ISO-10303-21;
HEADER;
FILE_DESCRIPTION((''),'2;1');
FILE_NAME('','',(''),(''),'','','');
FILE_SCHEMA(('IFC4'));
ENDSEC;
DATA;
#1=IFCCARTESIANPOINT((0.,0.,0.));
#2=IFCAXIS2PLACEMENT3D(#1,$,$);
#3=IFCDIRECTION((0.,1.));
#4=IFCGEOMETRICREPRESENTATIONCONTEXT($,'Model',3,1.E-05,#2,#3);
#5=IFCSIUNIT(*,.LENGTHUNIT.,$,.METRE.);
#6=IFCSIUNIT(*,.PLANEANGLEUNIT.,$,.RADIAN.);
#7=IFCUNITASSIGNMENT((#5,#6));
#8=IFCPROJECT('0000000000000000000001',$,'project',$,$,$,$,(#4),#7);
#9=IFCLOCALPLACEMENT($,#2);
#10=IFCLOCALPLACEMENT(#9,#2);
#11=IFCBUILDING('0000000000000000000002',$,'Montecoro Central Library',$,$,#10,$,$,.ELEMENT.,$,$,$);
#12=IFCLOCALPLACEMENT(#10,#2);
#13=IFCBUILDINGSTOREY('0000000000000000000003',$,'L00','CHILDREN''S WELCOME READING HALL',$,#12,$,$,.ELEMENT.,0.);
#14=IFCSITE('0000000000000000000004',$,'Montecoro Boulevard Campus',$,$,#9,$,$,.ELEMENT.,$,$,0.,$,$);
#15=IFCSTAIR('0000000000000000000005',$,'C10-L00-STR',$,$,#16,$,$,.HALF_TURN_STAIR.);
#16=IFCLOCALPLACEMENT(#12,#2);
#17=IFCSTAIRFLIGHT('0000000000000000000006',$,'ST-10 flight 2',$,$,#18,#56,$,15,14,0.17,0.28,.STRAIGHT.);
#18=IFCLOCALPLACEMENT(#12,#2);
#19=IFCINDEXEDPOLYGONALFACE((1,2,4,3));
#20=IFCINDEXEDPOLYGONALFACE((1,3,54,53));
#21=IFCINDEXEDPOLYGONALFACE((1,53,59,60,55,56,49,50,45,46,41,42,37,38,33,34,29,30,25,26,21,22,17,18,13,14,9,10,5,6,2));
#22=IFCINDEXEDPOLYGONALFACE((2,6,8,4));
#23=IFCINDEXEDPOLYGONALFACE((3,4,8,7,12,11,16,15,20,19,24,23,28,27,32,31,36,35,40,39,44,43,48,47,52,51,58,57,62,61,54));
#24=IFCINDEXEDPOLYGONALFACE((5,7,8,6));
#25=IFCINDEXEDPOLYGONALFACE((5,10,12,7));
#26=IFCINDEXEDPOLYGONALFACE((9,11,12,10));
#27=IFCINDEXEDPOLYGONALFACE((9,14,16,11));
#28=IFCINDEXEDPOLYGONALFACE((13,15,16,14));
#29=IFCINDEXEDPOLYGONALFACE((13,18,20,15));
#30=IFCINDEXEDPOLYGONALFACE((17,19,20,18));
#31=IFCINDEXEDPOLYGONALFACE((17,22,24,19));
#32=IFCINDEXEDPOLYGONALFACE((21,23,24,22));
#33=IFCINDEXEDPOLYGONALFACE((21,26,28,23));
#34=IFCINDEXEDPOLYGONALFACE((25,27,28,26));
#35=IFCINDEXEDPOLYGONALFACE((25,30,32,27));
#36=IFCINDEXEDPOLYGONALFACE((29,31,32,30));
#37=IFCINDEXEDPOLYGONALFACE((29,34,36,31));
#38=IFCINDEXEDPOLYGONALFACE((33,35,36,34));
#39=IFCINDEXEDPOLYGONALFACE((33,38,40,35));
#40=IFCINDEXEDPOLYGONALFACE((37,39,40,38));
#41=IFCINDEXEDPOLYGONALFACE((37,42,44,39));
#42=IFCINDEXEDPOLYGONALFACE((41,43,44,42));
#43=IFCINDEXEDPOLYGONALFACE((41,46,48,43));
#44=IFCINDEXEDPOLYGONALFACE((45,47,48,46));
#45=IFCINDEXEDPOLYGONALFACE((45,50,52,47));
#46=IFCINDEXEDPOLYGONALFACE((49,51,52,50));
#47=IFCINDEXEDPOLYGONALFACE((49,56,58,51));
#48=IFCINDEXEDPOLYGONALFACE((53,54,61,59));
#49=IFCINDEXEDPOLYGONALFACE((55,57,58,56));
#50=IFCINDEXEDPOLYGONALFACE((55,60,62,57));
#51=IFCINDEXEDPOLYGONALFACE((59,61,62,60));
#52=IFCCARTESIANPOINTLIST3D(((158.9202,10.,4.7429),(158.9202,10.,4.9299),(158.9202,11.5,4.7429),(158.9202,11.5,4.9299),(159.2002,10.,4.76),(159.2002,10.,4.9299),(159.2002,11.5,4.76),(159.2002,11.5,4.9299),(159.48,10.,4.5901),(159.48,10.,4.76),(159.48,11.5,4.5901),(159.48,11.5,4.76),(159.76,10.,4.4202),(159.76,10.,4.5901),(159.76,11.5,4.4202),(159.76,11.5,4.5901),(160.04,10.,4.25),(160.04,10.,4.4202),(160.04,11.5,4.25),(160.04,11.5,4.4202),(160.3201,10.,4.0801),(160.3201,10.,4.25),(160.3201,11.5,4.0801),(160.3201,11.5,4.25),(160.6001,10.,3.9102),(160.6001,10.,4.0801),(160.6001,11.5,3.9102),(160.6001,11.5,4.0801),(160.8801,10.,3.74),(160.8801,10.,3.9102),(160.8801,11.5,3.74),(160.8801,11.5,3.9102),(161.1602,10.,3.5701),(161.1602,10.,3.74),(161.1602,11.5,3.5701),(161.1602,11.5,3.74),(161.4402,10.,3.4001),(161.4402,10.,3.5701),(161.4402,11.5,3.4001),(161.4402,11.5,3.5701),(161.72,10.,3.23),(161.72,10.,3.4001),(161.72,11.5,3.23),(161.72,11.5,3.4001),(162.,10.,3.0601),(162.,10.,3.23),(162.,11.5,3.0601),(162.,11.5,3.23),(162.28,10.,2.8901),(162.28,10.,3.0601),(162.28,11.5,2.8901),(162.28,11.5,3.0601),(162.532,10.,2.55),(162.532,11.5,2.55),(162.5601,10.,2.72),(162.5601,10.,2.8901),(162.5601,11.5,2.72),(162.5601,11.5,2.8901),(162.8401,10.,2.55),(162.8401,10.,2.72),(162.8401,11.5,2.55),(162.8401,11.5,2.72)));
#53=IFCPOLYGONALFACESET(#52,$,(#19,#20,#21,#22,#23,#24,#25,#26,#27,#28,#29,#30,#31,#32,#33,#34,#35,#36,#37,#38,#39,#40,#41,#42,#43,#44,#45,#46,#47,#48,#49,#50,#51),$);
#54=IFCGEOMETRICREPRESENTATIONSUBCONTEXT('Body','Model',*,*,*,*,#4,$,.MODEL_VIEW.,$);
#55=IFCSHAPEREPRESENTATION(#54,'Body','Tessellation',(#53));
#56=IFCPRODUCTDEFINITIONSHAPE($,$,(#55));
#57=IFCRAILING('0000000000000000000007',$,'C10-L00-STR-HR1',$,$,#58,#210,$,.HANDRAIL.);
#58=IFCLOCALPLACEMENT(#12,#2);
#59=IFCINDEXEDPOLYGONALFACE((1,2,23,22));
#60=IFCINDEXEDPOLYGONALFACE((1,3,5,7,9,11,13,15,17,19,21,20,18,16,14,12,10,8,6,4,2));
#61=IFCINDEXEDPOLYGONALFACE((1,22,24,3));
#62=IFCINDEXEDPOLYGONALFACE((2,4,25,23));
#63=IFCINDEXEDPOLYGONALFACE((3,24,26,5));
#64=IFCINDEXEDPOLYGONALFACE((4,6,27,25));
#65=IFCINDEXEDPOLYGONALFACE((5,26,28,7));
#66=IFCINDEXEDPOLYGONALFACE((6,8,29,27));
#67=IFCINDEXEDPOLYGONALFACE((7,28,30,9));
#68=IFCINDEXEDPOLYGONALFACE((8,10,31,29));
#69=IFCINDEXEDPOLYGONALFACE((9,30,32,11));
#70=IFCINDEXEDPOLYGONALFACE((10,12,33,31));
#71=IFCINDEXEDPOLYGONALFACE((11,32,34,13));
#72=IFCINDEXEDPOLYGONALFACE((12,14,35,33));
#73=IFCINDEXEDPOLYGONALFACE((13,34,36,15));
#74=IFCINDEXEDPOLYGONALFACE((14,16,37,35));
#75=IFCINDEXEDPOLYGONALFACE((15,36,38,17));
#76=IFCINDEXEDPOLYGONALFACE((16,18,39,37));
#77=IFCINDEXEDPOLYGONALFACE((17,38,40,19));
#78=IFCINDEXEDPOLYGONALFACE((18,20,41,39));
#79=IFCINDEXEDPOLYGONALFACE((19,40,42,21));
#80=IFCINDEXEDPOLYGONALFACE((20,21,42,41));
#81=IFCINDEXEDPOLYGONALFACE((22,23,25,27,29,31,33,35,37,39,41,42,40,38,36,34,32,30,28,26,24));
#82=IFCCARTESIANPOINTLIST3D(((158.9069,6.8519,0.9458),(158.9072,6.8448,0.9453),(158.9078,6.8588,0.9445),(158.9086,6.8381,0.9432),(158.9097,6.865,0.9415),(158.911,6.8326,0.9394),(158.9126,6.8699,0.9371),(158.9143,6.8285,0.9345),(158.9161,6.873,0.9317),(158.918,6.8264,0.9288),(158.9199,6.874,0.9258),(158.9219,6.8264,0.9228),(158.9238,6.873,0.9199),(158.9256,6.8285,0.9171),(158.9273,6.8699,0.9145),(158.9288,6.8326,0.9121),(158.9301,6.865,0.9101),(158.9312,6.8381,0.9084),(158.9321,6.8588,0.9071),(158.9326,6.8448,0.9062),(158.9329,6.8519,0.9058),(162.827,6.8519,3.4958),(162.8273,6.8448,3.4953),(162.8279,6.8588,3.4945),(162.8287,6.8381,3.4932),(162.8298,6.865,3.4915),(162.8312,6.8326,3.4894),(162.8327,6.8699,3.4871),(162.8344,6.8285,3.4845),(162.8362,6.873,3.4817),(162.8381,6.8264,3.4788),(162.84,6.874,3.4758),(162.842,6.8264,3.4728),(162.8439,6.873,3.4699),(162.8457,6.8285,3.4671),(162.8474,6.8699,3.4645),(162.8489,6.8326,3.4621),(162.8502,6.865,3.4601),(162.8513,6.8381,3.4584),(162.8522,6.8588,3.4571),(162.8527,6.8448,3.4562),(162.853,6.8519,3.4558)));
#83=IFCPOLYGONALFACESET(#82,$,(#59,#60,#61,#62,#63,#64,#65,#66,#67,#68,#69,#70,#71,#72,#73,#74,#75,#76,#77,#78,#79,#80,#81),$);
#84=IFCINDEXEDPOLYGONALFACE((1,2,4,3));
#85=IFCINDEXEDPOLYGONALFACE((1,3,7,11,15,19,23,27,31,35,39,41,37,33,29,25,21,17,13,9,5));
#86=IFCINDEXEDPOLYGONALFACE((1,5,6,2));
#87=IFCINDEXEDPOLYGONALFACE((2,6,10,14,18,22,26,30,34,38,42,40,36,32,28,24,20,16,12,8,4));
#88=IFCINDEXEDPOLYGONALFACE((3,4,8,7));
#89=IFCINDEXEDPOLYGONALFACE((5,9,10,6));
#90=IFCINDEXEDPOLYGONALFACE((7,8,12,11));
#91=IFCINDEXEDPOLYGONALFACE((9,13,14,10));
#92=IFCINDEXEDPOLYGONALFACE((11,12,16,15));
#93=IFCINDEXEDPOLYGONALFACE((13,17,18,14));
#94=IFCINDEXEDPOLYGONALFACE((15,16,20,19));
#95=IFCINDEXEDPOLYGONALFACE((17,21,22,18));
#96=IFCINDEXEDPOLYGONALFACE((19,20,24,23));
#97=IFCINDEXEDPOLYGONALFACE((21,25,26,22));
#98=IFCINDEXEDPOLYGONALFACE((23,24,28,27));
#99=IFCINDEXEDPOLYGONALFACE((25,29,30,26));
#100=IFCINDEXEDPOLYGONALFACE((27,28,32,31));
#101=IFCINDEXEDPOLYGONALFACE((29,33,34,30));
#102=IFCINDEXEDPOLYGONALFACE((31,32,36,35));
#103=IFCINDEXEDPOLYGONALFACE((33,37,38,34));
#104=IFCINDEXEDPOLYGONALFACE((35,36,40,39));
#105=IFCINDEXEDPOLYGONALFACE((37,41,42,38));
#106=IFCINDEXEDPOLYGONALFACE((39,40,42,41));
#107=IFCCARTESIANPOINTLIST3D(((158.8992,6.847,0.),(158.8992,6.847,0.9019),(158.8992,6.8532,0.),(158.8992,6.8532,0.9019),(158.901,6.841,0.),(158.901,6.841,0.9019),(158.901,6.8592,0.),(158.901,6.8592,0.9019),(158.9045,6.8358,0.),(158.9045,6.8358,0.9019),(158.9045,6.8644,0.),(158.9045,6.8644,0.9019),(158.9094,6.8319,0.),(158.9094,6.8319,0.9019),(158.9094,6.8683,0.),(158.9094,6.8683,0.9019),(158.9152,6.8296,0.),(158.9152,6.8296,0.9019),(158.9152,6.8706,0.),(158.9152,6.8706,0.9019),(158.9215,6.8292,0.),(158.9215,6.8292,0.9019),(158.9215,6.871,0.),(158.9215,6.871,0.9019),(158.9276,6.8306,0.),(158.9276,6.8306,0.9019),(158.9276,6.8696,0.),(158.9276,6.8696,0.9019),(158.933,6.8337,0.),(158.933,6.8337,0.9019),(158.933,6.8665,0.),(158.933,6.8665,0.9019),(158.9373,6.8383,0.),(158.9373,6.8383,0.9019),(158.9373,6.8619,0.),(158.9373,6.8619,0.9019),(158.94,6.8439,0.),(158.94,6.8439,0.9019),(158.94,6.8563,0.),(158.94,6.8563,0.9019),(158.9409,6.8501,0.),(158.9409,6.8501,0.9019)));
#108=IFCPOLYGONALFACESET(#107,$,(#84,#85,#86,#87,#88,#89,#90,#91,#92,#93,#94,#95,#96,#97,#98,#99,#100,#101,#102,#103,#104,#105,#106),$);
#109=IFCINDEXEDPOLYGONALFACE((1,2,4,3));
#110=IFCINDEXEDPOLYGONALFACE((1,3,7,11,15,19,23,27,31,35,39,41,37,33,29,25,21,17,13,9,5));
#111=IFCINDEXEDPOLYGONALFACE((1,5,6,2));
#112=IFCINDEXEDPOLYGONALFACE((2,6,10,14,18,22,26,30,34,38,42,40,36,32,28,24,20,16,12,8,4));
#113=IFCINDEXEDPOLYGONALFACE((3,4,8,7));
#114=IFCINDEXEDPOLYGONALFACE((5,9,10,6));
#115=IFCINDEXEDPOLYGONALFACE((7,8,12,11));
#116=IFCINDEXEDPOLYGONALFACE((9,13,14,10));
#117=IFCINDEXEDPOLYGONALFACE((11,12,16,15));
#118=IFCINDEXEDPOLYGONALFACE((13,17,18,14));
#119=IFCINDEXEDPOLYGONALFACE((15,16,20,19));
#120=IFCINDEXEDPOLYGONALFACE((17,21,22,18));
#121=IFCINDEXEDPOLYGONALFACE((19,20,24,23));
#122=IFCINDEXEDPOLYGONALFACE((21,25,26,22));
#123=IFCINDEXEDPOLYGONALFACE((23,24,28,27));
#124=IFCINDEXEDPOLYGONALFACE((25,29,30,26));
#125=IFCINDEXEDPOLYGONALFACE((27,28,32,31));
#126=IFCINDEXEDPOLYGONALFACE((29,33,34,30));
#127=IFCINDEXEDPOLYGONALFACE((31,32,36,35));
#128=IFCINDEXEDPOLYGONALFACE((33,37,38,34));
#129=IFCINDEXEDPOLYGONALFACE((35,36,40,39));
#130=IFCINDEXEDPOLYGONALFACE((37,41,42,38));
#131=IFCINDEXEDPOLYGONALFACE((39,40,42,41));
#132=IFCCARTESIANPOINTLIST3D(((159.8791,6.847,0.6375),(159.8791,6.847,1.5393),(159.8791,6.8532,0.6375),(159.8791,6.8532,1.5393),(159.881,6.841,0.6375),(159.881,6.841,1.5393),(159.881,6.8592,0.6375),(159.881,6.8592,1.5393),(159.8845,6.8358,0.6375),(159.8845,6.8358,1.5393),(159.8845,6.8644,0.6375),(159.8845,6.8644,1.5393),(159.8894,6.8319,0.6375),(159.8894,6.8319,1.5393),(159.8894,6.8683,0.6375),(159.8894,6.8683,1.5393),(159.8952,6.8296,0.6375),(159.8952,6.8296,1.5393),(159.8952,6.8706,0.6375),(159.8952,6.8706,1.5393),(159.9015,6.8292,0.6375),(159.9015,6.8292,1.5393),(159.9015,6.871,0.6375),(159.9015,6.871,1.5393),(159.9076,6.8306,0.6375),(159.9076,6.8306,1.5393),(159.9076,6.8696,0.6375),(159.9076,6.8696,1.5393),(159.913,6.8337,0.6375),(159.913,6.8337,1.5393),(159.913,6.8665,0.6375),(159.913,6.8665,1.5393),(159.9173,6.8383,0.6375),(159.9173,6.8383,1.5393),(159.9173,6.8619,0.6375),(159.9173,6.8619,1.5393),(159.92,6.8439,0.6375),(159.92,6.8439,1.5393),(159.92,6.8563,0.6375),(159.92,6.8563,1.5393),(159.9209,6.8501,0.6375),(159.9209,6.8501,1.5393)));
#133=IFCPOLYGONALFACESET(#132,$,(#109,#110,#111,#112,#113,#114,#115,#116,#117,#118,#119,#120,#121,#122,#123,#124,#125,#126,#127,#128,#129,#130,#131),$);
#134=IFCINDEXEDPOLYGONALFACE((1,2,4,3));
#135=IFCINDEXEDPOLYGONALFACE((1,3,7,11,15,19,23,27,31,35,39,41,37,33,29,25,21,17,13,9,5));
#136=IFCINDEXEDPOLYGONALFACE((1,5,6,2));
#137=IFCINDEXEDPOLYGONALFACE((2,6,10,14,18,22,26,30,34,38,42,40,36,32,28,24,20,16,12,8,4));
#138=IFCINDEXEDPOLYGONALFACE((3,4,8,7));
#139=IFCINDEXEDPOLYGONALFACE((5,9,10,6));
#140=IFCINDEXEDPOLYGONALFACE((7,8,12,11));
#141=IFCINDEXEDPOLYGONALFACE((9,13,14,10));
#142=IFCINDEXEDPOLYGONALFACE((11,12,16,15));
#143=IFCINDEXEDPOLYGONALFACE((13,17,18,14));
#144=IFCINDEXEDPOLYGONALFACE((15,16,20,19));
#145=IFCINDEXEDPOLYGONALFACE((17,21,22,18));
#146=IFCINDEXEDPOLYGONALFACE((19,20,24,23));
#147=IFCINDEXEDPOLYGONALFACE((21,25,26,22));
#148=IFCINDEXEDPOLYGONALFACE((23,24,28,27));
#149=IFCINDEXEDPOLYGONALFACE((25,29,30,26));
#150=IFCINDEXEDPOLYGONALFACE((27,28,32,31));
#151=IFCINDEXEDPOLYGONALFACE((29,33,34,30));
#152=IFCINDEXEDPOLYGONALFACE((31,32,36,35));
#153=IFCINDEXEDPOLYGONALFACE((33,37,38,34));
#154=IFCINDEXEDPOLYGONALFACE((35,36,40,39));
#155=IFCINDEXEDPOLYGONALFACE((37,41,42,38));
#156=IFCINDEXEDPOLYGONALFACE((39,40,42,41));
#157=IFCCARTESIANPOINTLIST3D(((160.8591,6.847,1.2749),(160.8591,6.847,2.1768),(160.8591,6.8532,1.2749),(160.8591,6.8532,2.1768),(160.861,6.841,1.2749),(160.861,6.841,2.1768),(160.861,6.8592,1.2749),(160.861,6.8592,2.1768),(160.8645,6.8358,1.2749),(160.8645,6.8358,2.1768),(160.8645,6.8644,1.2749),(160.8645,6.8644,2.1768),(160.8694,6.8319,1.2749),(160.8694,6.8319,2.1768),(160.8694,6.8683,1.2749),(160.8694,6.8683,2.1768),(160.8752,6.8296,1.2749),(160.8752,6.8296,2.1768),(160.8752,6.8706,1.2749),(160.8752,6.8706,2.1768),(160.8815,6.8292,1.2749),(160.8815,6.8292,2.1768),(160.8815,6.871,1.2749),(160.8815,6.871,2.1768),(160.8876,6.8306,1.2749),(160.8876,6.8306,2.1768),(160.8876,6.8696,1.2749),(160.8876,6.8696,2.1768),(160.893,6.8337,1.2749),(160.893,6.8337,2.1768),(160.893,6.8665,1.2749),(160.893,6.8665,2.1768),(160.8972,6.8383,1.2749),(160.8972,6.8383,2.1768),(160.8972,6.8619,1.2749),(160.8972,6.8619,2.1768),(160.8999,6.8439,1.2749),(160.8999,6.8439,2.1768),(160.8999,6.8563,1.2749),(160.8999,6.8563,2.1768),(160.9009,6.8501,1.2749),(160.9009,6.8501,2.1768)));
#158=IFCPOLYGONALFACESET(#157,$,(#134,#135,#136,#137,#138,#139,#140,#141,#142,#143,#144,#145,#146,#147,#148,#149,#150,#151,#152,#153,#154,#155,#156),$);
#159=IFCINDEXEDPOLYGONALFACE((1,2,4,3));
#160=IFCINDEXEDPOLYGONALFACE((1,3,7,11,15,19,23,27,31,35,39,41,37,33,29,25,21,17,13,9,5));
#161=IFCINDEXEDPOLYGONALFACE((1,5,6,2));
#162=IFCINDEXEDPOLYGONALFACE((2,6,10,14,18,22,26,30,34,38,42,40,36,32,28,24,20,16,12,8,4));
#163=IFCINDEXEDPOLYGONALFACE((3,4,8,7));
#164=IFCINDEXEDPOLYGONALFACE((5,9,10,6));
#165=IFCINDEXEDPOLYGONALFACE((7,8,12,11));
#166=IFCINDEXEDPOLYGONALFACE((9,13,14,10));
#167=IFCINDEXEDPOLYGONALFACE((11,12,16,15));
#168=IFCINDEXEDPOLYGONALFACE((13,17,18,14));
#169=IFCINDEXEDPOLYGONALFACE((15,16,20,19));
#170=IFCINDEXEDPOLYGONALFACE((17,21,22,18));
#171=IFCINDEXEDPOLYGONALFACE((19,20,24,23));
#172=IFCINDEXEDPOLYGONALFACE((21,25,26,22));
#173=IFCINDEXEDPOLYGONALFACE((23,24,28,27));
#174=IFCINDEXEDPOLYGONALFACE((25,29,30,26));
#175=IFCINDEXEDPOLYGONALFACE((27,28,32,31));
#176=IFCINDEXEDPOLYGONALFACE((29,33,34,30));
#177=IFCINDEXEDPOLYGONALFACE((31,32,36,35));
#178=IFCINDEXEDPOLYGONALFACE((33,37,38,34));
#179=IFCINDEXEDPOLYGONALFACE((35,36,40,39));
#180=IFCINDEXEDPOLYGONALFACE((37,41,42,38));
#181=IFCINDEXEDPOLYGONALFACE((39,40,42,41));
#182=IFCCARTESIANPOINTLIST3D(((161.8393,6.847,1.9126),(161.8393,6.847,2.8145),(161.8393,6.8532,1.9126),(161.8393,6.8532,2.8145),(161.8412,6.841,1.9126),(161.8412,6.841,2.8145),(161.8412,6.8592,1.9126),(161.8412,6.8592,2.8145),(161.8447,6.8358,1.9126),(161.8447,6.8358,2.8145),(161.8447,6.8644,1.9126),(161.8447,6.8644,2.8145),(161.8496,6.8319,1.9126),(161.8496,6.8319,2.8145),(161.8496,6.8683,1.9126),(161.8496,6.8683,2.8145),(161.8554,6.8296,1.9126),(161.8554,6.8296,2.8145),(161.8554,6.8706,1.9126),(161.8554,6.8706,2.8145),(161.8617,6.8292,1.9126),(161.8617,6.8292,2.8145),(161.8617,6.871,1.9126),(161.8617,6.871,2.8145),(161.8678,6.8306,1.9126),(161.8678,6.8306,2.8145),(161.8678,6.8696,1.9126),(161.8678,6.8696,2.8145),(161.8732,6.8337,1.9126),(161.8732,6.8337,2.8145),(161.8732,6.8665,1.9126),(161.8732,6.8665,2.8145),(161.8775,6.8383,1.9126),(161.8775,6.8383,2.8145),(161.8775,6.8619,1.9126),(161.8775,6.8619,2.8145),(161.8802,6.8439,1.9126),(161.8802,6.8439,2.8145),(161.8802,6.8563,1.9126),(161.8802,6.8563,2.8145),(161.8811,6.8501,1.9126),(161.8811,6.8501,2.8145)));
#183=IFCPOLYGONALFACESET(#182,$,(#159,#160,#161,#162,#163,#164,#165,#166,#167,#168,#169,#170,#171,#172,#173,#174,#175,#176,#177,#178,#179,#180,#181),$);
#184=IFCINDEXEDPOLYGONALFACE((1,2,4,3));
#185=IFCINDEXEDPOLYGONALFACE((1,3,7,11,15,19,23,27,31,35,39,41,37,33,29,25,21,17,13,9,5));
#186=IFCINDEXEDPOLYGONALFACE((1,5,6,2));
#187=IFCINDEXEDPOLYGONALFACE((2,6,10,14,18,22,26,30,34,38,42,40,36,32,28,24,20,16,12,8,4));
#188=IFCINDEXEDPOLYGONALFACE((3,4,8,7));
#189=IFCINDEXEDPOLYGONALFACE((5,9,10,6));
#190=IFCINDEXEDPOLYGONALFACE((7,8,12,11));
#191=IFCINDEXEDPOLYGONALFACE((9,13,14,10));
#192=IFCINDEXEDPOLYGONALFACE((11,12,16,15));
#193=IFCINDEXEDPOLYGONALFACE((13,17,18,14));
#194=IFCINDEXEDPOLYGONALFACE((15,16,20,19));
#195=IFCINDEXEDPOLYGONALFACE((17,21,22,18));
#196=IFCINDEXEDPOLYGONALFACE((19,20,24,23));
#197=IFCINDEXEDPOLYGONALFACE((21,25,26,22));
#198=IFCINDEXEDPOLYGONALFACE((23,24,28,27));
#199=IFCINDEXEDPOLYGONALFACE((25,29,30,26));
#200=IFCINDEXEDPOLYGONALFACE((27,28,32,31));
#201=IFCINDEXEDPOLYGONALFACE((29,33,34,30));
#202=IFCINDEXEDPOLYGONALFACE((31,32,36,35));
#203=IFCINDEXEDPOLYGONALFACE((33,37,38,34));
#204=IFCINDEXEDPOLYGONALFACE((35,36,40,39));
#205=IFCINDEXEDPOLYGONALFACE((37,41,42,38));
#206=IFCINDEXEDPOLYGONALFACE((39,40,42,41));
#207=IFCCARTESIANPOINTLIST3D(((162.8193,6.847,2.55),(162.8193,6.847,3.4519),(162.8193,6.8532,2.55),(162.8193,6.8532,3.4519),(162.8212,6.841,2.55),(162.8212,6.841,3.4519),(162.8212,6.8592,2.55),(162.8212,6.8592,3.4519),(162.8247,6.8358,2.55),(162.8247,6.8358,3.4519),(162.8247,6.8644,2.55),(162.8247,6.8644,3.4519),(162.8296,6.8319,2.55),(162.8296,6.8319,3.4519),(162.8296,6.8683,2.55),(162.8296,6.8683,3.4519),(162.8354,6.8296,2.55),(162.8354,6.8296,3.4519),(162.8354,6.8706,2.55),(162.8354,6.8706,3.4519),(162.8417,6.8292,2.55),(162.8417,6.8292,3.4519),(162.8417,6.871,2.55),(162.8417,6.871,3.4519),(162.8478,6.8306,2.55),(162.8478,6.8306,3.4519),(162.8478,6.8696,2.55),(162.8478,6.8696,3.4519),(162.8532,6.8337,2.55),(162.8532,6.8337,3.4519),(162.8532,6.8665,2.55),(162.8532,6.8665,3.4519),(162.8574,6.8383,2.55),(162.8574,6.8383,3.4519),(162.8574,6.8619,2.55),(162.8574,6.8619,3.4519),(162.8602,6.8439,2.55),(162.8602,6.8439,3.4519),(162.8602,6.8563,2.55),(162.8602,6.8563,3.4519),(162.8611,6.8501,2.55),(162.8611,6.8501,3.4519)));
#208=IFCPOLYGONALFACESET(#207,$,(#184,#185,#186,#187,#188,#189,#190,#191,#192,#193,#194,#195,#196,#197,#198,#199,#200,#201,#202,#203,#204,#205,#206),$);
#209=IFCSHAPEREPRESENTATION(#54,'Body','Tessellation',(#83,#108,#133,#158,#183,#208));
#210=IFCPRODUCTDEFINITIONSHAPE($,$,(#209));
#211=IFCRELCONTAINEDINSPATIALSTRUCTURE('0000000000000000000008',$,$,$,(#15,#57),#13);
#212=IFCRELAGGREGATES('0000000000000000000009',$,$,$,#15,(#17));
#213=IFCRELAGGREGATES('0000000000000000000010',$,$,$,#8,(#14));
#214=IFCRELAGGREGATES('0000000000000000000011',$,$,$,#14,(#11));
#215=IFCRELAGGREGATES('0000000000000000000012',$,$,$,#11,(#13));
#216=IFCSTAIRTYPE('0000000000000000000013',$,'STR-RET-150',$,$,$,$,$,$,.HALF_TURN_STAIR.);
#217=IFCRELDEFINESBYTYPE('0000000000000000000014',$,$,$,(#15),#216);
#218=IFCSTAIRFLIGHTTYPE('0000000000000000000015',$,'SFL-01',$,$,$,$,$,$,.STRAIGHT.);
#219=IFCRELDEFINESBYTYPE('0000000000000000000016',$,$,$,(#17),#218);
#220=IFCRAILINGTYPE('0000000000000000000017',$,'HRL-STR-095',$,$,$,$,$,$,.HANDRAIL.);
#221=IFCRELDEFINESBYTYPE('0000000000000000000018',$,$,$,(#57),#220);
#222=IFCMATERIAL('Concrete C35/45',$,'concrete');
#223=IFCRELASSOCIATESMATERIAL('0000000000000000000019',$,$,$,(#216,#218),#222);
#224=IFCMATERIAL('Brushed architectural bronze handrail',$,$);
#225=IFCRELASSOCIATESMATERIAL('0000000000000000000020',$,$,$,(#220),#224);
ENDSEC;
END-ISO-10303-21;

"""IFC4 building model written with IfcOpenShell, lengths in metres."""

from ifc_helpers import new_model, si_unit, direction, frame, origin, origin_2d, place, context, subcontext, project, spatial, polyline, circle, outline, extrude, material, type_object, element, aggregate, save


model = new_model("IFC4")

# Units and contexts
model_context = context("Model", 3, precision=1e-05, world=origin(), true_north=direction((0.0, 1.0)))
body_context = subcontext(model_context, "Body", "Model", "MODEL_VIEW")
ifc_project = project(units=[si_unit("LENGTHUNIT", "METRE"), si_unit("PLANEANGLEUNIT", "RADIAN")], contexts=[model_context])

# Site, building, storey
site_placement = place(None, origin())
site = spatial("IfcSite", under=ifc_project, at=site_placement, Name="Montecoro Boulevard Campus", CompositionType="ELEMENT", RefElevation=0.0)
building_placement = place(site_placement, origin())
building = spatial("IfcBuilding", under=site, at=building_placement, Name="Montecoro Central Library", CompositionType="ELEMENT")
storey_placement = place(building_placement, origin())
storey = spatial("IfcBuildingStorey", under=building, at=storey_placement, Name="L00", Description="CHILDREN'S WELCOME READING HALL", CompositionType="ELEMENT", Elevation=0.0)

# Shared definitions
ifc_material_1 = material(Name="Concrete C35/45", Category="concrete")

# Stair, stair flight
stair_type = type_object("IfcStairType", Name="STR-RET-150", PredefinedType="HALF_TURN_STAIR", material=ifc_material_1)
stair_placement = place(storey_placement, origin())
stair = element("IfcStair", 1, at=stair_placement, inside=storey, type_object=stair_type, Name="C10-L00-STR", PredefinedType="HALF_TURN_STAIR")
stair_flight_type = type_object("IfcStairFlightType", Name="SFL-01", PredefinedType="STRAIGHT", material=ifc_material_1)
stair_flight_1_placement = place(storey_placement, frame((162.8401, 10.75, 2.55), z_axis=(0.0, 0.0, 1.0), x_axis=(-1.0, 0.0, 0.0)))
stair_flight_1 = element("IfcStairFlight", 2, at=stair_flight_1_placement, type_object=stair_flight_type, Name="ST-10 flight 2", NumberOfRisers=15, NumberOfTreads=14, PredefinedType="STRAIGHT", RiserHeight=0.17, TreadLength=0.28, context=body_context, shape_type="SweptSolid", body=[
    extrude(outline(polyline([(0.0, 0.0), (0.0, 0.1699), (0.28, 0.1699), (0.28, 0.3401), (0.5601, 0.3401), (0.5601, 0.51), (0.8401, 0.51), (0.8401, 0.6799), (1.1201, 0.6799), (1.1201, 0.8501), (1.3999, 0.8501), (1.3999, 1.02), (1.6799, 1.02), (1.6799, 1.1899), (1.96, 1.1899), (1.96, 1.3601), (2.24, 1.3601), (2.24, 1.53), (2.52, 1.53), (2.52, 1.7), (2.8, 1.7), (2.8, 1.8701), (3.0801, 1.8701), (3.0801, 2.04), (3.3601, 2.04), (3.3601, 2.21), (3.6399, 2.21), (3.6399, 2.3799), (3.9199, 2.3799), (3.9199, 2.55), (3.9199, 2.1929), (0.3081, 0.0), (0.0, 0.0)])), frame((0.0, 0.75, 0.0), z_axis=(0.0, -1.0, 0.0), x_axis=(1.0, 0.0, 0.0)), (0.0, 0.0, 1.0), 1.5),
])
aggregate(stair, [stair_flight_1])

# Railing
ifc_material_2 = material(Name="Brushed architectural bronze handrail")
railing_type_1 = type_object("IfcRailingType", Name="HRL-STR-095", PredefinedType="HANDRAIL", material=ifc_material_2)
railing_1_placement = place(storey_placement, frame((158.9199, 6.8501, 0.0)))
element("IfcRailing", 3, at=railing_1_placement, inside=storey, type_object=railing_type_1, Name="C10-L00-STR-HR1", PredefinedType="HANDRAIL", context=body_context, shape_type="SweptSolid", body=[
    extrude(circle(Radius=0.0239, at=origin_2d()), frame((0.0, 0.0, 0.9258), z_axis=(0.838254, 0.0, 0.54528), x_axis=(0.0, 1.0, 0.0)), (0.0, 0.0, 1.0), 4.6765),
    extrude(circle(Radius=0.021, at=origin_2d()), origin(), (0.0, 0.0, 1.0), 0.9019),
    extrude(circle(Radius=0.021, at=origin_2d()), frame((0.98, 0.0, 0.6375)), (0.0, 0.0, 1.0), 0.9019),
    extrude(circle(Radius=0.021, at=origin_2d()), frame((1.96, 0.0, 1.2749)), (0.0, 0.0, 1.0), 0.9019),
    extrude(circle(Radius=0.021, at=origin_2d()), frame((2.9402, 0.0, 1.9126)), (0.0, 0.0, 1.0), 0.9019),
    extrude(circle(Radius=0.021, at=origin_2d()), frame((3.9202, 0.0, 2.55)), (0.0, 0.0, 1.0), 0.9019),
])

save(model, "model.ifc")
